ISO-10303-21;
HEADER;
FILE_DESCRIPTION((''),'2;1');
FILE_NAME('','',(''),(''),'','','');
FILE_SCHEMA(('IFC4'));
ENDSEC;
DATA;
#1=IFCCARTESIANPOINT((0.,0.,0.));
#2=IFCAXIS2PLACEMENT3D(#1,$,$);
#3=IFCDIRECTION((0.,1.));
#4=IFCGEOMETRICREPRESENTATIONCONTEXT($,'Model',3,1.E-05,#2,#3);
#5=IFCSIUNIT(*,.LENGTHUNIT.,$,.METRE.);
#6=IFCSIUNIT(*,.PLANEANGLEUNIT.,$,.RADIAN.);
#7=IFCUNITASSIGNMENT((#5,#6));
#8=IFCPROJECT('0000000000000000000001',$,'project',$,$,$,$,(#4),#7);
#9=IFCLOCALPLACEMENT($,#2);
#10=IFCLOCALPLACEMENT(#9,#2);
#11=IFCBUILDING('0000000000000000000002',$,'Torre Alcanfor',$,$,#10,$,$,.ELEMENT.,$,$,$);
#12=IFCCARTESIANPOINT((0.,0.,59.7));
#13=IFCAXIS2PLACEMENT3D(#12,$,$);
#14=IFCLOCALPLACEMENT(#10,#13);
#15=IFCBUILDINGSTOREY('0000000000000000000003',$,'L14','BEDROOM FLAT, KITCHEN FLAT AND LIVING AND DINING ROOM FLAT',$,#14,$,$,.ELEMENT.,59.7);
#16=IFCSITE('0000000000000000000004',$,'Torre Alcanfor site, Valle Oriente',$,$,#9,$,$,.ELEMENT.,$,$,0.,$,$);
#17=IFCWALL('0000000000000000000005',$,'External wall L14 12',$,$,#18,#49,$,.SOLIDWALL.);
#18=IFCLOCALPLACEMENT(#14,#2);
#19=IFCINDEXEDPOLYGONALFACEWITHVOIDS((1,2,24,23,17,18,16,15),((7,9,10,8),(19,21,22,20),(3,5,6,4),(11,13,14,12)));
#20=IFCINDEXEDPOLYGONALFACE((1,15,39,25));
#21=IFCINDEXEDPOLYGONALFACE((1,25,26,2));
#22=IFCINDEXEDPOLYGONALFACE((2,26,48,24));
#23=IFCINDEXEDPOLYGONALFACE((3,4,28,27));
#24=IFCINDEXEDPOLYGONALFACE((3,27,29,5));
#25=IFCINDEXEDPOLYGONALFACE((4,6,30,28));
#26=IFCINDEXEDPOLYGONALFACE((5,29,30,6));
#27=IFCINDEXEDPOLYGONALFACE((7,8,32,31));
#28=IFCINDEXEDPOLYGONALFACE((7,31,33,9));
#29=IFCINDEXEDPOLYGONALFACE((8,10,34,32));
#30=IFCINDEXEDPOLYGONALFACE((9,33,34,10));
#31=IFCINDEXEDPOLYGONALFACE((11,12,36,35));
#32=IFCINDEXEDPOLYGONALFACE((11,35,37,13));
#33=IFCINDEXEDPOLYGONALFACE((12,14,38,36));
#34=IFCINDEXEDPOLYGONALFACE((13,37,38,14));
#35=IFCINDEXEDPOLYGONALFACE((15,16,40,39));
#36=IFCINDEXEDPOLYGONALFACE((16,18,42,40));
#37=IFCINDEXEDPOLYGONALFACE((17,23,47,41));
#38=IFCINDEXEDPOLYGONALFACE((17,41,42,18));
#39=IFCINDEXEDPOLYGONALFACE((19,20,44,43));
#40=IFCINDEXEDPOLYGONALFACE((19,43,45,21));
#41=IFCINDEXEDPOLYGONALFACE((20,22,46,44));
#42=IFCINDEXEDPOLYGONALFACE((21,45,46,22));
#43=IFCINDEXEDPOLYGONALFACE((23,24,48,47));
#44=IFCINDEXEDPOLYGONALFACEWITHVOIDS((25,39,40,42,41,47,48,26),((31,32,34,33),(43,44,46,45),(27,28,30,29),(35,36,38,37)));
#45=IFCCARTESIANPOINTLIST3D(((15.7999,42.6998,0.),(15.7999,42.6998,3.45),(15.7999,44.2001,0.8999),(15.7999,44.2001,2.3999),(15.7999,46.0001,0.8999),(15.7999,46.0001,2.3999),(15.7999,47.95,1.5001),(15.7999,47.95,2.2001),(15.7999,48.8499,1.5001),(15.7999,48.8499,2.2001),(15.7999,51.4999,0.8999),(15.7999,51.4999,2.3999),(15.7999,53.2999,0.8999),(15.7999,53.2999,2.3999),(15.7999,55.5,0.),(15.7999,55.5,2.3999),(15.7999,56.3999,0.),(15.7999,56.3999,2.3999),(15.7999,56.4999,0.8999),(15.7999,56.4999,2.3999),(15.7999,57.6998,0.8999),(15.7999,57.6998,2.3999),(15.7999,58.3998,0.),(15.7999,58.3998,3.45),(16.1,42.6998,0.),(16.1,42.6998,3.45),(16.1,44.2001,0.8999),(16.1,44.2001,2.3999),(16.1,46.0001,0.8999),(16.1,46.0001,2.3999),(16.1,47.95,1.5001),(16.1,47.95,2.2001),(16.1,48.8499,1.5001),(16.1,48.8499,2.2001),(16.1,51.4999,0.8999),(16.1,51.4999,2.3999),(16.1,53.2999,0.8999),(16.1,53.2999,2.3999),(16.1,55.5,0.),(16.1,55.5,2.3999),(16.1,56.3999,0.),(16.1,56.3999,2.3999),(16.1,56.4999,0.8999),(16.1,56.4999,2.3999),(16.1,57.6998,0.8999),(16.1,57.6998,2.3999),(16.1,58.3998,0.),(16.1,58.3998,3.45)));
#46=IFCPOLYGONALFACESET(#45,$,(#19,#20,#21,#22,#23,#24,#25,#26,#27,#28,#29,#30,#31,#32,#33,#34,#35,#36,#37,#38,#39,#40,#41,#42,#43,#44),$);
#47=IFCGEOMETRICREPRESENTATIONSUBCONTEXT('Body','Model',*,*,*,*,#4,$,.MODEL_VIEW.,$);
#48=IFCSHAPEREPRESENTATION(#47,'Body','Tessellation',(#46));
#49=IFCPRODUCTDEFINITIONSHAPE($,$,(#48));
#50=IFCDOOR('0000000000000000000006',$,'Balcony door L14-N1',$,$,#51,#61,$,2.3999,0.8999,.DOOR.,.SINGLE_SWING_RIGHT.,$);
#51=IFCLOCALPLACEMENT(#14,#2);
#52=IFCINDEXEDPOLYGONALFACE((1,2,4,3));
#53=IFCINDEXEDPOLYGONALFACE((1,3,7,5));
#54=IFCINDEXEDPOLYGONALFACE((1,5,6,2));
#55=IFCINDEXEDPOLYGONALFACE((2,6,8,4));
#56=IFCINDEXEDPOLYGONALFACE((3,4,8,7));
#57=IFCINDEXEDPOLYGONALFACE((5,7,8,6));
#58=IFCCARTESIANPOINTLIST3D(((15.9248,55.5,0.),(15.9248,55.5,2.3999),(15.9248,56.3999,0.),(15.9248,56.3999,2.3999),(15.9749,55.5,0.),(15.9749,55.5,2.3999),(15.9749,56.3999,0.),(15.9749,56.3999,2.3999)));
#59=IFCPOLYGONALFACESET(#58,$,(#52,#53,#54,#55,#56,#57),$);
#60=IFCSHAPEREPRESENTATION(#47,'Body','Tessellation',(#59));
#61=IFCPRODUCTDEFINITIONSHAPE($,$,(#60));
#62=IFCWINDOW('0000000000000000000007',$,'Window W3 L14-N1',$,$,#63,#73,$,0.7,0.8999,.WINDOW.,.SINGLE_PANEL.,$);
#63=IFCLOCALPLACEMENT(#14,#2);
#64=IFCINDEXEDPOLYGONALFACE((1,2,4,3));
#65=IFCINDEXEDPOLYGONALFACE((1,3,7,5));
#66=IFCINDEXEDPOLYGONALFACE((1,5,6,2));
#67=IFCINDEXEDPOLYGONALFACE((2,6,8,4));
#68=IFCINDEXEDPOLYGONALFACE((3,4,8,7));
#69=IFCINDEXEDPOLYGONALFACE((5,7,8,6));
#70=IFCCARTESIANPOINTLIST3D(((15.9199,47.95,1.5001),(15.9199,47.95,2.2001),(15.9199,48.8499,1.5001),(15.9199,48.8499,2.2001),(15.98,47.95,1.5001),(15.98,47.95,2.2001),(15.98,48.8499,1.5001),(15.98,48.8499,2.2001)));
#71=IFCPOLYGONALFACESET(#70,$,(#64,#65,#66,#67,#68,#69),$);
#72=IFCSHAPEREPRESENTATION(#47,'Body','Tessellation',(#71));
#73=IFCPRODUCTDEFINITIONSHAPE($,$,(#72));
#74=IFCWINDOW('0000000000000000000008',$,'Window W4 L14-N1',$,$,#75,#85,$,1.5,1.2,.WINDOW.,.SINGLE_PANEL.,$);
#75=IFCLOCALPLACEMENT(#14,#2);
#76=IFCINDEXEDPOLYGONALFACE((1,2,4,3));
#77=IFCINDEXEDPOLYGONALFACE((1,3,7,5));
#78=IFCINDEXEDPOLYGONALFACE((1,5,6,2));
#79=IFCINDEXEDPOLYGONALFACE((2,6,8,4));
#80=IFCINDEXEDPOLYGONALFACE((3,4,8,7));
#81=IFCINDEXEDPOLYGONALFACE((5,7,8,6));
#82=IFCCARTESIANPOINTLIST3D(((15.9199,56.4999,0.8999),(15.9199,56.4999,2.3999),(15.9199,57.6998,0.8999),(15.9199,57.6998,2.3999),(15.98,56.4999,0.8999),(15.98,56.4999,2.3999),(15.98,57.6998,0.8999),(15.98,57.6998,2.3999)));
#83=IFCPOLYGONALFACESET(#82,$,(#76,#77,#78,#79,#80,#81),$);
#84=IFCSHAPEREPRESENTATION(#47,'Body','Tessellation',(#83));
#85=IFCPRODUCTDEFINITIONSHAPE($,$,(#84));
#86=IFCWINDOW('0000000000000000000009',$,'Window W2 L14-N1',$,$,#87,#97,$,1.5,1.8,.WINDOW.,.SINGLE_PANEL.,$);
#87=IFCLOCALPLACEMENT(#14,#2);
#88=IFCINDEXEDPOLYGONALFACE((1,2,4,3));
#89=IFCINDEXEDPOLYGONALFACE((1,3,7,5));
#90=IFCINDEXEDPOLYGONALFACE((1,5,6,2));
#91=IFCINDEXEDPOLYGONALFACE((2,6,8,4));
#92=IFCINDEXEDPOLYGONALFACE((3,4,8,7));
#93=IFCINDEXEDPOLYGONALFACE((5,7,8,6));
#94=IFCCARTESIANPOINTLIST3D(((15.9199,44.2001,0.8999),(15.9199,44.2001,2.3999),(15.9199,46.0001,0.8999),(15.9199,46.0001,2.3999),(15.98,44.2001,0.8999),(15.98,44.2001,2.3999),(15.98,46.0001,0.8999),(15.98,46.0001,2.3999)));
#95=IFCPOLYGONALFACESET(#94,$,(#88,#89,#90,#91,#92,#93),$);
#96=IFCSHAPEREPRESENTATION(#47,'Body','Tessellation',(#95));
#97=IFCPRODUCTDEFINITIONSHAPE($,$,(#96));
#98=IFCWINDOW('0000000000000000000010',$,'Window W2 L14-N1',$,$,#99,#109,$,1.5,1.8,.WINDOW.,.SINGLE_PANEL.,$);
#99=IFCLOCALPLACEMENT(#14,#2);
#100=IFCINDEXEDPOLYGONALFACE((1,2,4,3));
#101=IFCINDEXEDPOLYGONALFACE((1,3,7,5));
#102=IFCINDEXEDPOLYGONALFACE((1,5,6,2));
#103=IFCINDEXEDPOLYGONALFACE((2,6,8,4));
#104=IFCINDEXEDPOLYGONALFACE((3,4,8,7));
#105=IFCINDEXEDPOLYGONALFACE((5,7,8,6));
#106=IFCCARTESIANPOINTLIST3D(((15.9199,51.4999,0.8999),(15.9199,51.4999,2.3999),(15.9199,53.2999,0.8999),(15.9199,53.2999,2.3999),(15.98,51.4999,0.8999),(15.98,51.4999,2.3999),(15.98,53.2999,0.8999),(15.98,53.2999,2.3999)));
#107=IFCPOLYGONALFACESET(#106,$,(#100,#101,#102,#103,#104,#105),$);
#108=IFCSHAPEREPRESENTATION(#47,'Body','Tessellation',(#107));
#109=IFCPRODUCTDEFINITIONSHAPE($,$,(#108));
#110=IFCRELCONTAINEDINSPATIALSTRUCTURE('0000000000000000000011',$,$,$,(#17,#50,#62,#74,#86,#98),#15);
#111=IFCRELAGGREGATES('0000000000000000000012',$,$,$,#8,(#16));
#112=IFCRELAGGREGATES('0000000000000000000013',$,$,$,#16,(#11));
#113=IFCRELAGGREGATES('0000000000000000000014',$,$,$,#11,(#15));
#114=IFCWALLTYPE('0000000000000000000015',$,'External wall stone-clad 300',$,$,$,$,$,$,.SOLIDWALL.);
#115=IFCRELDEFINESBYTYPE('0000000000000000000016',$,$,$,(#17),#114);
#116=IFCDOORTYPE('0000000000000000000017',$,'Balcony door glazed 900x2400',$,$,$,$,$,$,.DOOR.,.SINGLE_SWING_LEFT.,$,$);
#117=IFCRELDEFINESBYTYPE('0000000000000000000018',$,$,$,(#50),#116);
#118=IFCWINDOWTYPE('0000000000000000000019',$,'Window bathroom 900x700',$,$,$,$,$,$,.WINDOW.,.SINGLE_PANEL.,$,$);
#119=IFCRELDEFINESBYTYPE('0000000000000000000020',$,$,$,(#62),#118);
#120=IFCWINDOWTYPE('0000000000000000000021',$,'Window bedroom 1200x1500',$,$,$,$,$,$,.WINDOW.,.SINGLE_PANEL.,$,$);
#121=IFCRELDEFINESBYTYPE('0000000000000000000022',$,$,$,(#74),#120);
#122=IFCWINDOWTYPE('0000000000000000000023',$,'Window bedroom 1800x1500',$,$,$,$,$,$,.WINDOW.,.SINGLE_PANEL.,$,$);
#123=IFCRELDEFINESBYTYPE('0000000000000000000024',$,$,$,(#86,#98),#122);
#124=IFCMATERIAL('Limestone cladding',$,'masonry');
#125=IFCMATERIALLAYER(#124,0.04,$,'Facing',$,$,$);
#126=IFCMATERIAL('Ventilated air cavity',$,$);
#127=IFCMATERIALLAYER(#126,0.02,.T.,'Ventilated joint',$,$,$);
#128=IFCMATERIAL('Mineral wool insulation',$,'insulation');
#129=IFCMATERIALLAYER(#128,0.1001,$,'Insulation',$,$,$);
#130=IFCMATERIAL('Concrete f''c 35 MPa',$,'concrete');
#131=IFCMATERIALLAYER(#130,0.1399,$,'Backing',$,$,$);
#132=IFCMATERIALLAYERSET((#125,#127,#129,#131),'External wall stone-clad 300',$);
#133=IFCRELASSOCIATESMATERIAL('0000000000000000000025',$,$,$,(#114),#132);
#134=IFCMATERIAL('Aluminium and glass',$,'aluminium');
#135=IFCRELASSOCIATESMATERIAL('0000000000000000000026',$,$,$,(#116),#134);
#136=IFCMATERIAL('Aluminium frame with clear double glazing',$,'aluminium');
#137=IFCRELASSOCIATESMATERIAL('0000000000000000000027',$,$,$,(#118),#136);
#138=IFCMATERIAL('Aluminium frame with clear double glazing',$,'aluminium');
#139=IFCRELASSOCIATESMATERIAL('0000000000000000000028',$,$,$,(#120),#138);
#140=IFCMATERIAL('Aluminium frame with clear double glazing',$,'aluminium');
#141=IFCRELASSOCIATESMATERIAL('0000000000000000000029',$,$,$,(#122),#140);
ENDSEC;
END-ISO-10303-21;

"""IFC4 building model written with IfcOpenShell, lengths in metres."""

from ifc_helpers import new_model, si_unit, direction, frame, frame_2d, origin, place, context, subcontext, project, spatial, rectangle, extrude, material, layer, layer_set, type_object, element, fill, save


model = new_model("IFC4")

# Units and contexts
model_context = context("Model", 3, precision=1e-05, world=origin(), true_north=direction((0.0, 1.0)))
body_context = subcontext(model_context, "Body", "Model", "MODEL_VIEW")
ifc_project = project(units=[si_unit("LENGTHUNIT", "METRE"), si_unit("PLANEANGLEUNIT", "RADIAN")], contexts=[model_context])

# Site, building, storey
site_placement = place(None, origin())
site = spatial("IfcSite", under=ifc_project, at=site_placement, Name="Torre Alcanfor site, Valle Oriente", CompositionType="ELEMENT", RefElevation=0.0)
building_placement = place(site_placement, origin())
building = spatial("IfcBuilding", under=site, at=building_placement, Name="Torre Alcanfor", CompositionType="ELEMENT")
storey_placement = place(building_placement, frame((0.0, 0.0, 59.7)))
storey = spatial("IfcBuildingStorey", under=building, at=storey_placement, Name="L14", Description="BEDROOM FLAT, KITCHEN FLAT AND LIVING AND DINING ROOM FLAT", CompositionType="ELEMENT", Elevation=59.7)

# Wall, openings, door, windows
ifc_material_1 = material(Name="Limestone cladding", Category="masonry")
ifc_layer_1 = layer(ifc_material_1, 0.04, Name="Facing")
ifc_material_2 = material(Name="Ventilated air cavity")
ifc_layer_2 = layer(ifc_material_2, 0.02, ventilated=True, Name="Ventilated joint")
ifc_material_3 = material(Name="Mineral wool insulation", Category="insulation")
ifc_layer_3 = layer(ifc_material_3, 0.1001, Name="Insulation")
ifc_material_4 = material(Name="Concrete f'c 35 MPa", Category="concrete")
ifc_layer_4 = layer(ifc_material_4, 0.1399, Name="Backing")
ifc_layer_set_1 = layer_set([ifc_layer_1, ifc_layer_2, ifc_layer_3, ifc_layer_4], Name="External wall stone-clad 300")
wall_type_1 = type_object("IfcWallType", Name="External wall stone-clad 300", PredefinedType="SOLIDWALL", material=ifc_layer_set_1)
ifc_material_5 = material(Name="Aluminium and glass", Category="aluminium")
door_type = type_object("IfcDoorType", Name="Balcony door glazed 900x2400", OperationType="SINGLE_SWING_LEFT", PredefinedType="DOOR", material=ifc_material_5)
ifc_material_6 = material(Name="Aluminium frame with clear double glazing", Category="aluminium")
window_type_1 = type_object("IfcWindowType", Name="Window bathroom 900x700", PartitioningType="SINGLE_PANEL", PredefinedType="WINDOW", material=ifc_material_6)
ifc_material_7 = material(Name="Aluminium frame with clear double glazing", Category="aluminium")
window_type_2 = type_object("IfcWindowType", Name="Window bedroom 1200x1500", PartitioningType="SINGLE_PANEL", PredefinedType="WINDOW", material=ifc_material_7)
ifc_material_8 = material(Name="Aluminium frame with clear double glazing", Category="aluminium")
window_type_3 = type_object("IfcWindowType", Name="Window bedroom 1800x1500", PartitioningType="SINGLE_PANEL", PredefinedType="WINDOW", material=ifc_material_8)
wall_1_placement = place(storey_placement, frame((15.95, 58.3999, 0.0), z_axis=(0.0, 0.0, 1.0), x_axis=(0.0, -1.0, 0.0)))
wall_1 = element("IfcWall", 1, at=wall_1_placement, inside=storey, type_object=wall_type_1, Name="External wall L14 12", PredefinedType="SOLIDWALL", context=body_context, shape_type="SweptSolid", body=[
    extrude(rectangle(XDim=15.7, YDim=0.3, at=frame_2d((7.8501, 0.0))), origin(), (0.0, 0.0, 1.0), 3.45),
])
opening_1_placement = place(wall_1_placement, frame((12.3999, 0.0, 0.8999)))
opening_1 = element("IfcOpeningElement", 2, at=opening_1_placement, cuts=wall_1, PredefinedType="OPENING", context=body_context, shape_type="SweptSolid", body=[
    extrude(rectangle(XDim=1.8, YDim=1.5, at=frame_2d((0.8999, 0.75))), frame((0.0, 0.1599, 0.0), z_axis=(0.0, -1.0, 0.0), x_axis=(1.0, 0.0, 0.0)), (0.0, 0.0, 1.0), 0.3201),
])
opening_2_placement = place(wall_1_placement, frame((9.55, 0.0, 1.5)))
opening_2 = element("IfcOpeningElement", 3, at=opening_2_placement, cuts=wall_1, PredefinedType="OPENING", context=body_context, shape_type="SweptSolid", body=[
    extrude(rectangle(XDim=0.8999, YDim=0.7, at=frame_2d((0.45, 0.3501))), frame((0.0, 0.1599, 0.0), z_axis=(0.0, -1.0, 0.0), x_axis=(1.0, 0.0, 0.0)), (0.0, 0.0, 1.0), 0.3201),
])
opening_3_placement = place(wall_1_placement, frame((5.1001, 0.0, 0.8999)))
opening_3 = element("IfcOpeningElement", 4, at=opening_3_placement, cuts=wall_1, PredefinedType="OPENING", context=body_context, shape_type="SweptSolid", body=[
    extrude(rectangle(XDim=1.8, YDim=1.5, at=frame_2d((0.8999, 0.75))), frame((0.0, 0.1599, 0.0), z_axis=(0.0, -1.0, 0.0), x_axis=(1.0, 0.0, 0.0)), (0.0, 0.0, 1.0), 0.3201),
])
opening_4_placement = place(wall_1_placement, frame((2.0, 0.0, 0.0)))
opening_4 = element("IfcOpeningElement", 5, at=opening_4_placement, cuts=wall_1, PredefinedType="OPENING", context=body_context, shape_type="SweptSolid", body=[
    extrude(rectangle(XDim=0.8999, YDim=2.3999, at=frame_2d((0.45, 1.2))), frame((0.0, 0.1599, 0.0), z_axis=(0.0, -1.0, 0.0), x_axis=(1.0, 0.0, 0.0)), (0.0, 0.0, 1.0), 0.3201),
])
opening_5_placement = place(wall_1_placement, frame((0.7, 0.0, 0.8999)))
opening_5 = element("IfcOpeningElement", 6, at=opening_5_placement, cuts=wall_1, PredefinedType="OPENING", context=body_context, shape_type="SweptSolid", body=[
    extrude(rectangle(XDim=1.2, YDim=1.5, at=frame_2d((0.6001, 0.75))), frame((0.0, 0.1599, 0.0), z_axis=(0.0, -1.0, 0.0), x_axis=(1.0, 0.0, 0.0)), (0.0, 0.0, 1.0), 0.3201),
])
door_1_placement = place(opening_4_placement, origin())
door_1 = element("IfcDoor", 7, at=door_1_placement, inside=storey, type_object=door_type, Name="Balcony door L14-N1", OperationType="SINGLE_SWING_RIGHT", OverallHeight=2.3999, OverallWidth=0.8999, PredefinedType="DOOR", context=body_context, shape_type="SweptSolid", body=[
    extrude(rectangle(XDim=0.8999, YDim=2.3999, at=frame_2d((0.45, 1.2))), frame((0.0, 0.0249, 0.0), z_axis=(0.0, -1.0, 0.0), x_axis=(1.0, 0.0, 0.0)), (0.0, 0.0, 1.0), 0.05),
])
fill(opening_4, door_1)
window_1_placement = place(opening_2_placement, origin())
window_1 = element("IfcWindow", 8, at=window_1_placement, inside=storey, type_object=window_type_1, Name="Window W3 L14-N1", OverallHeight=0.7, OverallWidth=0.8999, PartitioningType="SINGLE_PANEL", PredefinedType="WINDOW", context=body_context, shape_type="SweptSolid", body=[
    extrude(rectangle(XDim=0.8999, YDim=0.7, at=frame_2d((0.45, 0.3501))), frame((0.0, 0.03, 0.0), z_axis=(0.0, -1.0, 0.0), x_axis=(1.0, 0.0, 0.0)), (0.0, 0.0, 1.0), 0.0601),
])
fill(opening_2, window_1)
window_2_placement = place(opening_5_placement, origin())
window_2 = element("IfcWindow", 9, at=window_2_placement, inside=storey, type_object=window_type_2, Name="Window W4 L14-N1", OverallHeight=1.5, OverallWidth=1.2, PartitioningType="SINGLE_PANEL", PredefinedType="WINDOW", context=body_context, shape_type="SweptSolid", body=[
    extrude(rectangle(XDim=1.2, YDim=1.5, at=frame_2d((0.6001, 0.75))), frame((0.0, 0.03, 0.0), z_axis=(0.0, -1.0, 0.0), x_axis=(1.0, 0.0, 0.0)), (0.0, 0.0, 1.0), 0.0601),
])
fill(opening_5, window_2)
window_3_placement = place(opening_1_placement, origin())
window_3 = element("IfcWindow", 10, at=window_3_placement, inside=storey, type_object=window_type_3, Name="Window W2 L14-N1", OverallHeight=1.5, OverallWidth=1.8, PartitioningType="SINGLE_PANEL", PredefinedType="WINDOW", context=body_context, shape_type="SweptSolid", body=[
    extrude(rectangle(XDim=1.8, YDim=1.5, at=frame_2d((0.8999, 0.75))), frame((0.0, 0.03, 0.0), z_axis=(0.0, -1.0, 0.0), x_axis=(1.0, 0.0, 0.0)), (0.0, 0.0, 1.0), 0.0601),
])
fill(opening_1, window_3)
window_4_placement = place(opening_3_placement, origin())
window_4 = element("IfcWindow", 11, at=window_4_placement, inside=storey, type_object=window_type_3, Name="Window W2 L14-N1", OverallHeight=1.5, OverallWidth=1.8, PartitioningType="SINGLE_PANEL", PredefinedType="WINDOW", context=body_context, shape_type="SweptSolid", body=[
    extrude(rectangle(XDim=1.8, YDim=1.5, at=frame_2d((0.8999, 0.75))), frame((0.0, 0.03, 0.0), z_axis=(0.0, -1.0, 0.0), x_axis=(1.0, 0.0, 0.0)), (0.0, 0.0, 1.0), 0.0601),
])
fill(opening_3, window_4)

save(model, "model.ifc")
